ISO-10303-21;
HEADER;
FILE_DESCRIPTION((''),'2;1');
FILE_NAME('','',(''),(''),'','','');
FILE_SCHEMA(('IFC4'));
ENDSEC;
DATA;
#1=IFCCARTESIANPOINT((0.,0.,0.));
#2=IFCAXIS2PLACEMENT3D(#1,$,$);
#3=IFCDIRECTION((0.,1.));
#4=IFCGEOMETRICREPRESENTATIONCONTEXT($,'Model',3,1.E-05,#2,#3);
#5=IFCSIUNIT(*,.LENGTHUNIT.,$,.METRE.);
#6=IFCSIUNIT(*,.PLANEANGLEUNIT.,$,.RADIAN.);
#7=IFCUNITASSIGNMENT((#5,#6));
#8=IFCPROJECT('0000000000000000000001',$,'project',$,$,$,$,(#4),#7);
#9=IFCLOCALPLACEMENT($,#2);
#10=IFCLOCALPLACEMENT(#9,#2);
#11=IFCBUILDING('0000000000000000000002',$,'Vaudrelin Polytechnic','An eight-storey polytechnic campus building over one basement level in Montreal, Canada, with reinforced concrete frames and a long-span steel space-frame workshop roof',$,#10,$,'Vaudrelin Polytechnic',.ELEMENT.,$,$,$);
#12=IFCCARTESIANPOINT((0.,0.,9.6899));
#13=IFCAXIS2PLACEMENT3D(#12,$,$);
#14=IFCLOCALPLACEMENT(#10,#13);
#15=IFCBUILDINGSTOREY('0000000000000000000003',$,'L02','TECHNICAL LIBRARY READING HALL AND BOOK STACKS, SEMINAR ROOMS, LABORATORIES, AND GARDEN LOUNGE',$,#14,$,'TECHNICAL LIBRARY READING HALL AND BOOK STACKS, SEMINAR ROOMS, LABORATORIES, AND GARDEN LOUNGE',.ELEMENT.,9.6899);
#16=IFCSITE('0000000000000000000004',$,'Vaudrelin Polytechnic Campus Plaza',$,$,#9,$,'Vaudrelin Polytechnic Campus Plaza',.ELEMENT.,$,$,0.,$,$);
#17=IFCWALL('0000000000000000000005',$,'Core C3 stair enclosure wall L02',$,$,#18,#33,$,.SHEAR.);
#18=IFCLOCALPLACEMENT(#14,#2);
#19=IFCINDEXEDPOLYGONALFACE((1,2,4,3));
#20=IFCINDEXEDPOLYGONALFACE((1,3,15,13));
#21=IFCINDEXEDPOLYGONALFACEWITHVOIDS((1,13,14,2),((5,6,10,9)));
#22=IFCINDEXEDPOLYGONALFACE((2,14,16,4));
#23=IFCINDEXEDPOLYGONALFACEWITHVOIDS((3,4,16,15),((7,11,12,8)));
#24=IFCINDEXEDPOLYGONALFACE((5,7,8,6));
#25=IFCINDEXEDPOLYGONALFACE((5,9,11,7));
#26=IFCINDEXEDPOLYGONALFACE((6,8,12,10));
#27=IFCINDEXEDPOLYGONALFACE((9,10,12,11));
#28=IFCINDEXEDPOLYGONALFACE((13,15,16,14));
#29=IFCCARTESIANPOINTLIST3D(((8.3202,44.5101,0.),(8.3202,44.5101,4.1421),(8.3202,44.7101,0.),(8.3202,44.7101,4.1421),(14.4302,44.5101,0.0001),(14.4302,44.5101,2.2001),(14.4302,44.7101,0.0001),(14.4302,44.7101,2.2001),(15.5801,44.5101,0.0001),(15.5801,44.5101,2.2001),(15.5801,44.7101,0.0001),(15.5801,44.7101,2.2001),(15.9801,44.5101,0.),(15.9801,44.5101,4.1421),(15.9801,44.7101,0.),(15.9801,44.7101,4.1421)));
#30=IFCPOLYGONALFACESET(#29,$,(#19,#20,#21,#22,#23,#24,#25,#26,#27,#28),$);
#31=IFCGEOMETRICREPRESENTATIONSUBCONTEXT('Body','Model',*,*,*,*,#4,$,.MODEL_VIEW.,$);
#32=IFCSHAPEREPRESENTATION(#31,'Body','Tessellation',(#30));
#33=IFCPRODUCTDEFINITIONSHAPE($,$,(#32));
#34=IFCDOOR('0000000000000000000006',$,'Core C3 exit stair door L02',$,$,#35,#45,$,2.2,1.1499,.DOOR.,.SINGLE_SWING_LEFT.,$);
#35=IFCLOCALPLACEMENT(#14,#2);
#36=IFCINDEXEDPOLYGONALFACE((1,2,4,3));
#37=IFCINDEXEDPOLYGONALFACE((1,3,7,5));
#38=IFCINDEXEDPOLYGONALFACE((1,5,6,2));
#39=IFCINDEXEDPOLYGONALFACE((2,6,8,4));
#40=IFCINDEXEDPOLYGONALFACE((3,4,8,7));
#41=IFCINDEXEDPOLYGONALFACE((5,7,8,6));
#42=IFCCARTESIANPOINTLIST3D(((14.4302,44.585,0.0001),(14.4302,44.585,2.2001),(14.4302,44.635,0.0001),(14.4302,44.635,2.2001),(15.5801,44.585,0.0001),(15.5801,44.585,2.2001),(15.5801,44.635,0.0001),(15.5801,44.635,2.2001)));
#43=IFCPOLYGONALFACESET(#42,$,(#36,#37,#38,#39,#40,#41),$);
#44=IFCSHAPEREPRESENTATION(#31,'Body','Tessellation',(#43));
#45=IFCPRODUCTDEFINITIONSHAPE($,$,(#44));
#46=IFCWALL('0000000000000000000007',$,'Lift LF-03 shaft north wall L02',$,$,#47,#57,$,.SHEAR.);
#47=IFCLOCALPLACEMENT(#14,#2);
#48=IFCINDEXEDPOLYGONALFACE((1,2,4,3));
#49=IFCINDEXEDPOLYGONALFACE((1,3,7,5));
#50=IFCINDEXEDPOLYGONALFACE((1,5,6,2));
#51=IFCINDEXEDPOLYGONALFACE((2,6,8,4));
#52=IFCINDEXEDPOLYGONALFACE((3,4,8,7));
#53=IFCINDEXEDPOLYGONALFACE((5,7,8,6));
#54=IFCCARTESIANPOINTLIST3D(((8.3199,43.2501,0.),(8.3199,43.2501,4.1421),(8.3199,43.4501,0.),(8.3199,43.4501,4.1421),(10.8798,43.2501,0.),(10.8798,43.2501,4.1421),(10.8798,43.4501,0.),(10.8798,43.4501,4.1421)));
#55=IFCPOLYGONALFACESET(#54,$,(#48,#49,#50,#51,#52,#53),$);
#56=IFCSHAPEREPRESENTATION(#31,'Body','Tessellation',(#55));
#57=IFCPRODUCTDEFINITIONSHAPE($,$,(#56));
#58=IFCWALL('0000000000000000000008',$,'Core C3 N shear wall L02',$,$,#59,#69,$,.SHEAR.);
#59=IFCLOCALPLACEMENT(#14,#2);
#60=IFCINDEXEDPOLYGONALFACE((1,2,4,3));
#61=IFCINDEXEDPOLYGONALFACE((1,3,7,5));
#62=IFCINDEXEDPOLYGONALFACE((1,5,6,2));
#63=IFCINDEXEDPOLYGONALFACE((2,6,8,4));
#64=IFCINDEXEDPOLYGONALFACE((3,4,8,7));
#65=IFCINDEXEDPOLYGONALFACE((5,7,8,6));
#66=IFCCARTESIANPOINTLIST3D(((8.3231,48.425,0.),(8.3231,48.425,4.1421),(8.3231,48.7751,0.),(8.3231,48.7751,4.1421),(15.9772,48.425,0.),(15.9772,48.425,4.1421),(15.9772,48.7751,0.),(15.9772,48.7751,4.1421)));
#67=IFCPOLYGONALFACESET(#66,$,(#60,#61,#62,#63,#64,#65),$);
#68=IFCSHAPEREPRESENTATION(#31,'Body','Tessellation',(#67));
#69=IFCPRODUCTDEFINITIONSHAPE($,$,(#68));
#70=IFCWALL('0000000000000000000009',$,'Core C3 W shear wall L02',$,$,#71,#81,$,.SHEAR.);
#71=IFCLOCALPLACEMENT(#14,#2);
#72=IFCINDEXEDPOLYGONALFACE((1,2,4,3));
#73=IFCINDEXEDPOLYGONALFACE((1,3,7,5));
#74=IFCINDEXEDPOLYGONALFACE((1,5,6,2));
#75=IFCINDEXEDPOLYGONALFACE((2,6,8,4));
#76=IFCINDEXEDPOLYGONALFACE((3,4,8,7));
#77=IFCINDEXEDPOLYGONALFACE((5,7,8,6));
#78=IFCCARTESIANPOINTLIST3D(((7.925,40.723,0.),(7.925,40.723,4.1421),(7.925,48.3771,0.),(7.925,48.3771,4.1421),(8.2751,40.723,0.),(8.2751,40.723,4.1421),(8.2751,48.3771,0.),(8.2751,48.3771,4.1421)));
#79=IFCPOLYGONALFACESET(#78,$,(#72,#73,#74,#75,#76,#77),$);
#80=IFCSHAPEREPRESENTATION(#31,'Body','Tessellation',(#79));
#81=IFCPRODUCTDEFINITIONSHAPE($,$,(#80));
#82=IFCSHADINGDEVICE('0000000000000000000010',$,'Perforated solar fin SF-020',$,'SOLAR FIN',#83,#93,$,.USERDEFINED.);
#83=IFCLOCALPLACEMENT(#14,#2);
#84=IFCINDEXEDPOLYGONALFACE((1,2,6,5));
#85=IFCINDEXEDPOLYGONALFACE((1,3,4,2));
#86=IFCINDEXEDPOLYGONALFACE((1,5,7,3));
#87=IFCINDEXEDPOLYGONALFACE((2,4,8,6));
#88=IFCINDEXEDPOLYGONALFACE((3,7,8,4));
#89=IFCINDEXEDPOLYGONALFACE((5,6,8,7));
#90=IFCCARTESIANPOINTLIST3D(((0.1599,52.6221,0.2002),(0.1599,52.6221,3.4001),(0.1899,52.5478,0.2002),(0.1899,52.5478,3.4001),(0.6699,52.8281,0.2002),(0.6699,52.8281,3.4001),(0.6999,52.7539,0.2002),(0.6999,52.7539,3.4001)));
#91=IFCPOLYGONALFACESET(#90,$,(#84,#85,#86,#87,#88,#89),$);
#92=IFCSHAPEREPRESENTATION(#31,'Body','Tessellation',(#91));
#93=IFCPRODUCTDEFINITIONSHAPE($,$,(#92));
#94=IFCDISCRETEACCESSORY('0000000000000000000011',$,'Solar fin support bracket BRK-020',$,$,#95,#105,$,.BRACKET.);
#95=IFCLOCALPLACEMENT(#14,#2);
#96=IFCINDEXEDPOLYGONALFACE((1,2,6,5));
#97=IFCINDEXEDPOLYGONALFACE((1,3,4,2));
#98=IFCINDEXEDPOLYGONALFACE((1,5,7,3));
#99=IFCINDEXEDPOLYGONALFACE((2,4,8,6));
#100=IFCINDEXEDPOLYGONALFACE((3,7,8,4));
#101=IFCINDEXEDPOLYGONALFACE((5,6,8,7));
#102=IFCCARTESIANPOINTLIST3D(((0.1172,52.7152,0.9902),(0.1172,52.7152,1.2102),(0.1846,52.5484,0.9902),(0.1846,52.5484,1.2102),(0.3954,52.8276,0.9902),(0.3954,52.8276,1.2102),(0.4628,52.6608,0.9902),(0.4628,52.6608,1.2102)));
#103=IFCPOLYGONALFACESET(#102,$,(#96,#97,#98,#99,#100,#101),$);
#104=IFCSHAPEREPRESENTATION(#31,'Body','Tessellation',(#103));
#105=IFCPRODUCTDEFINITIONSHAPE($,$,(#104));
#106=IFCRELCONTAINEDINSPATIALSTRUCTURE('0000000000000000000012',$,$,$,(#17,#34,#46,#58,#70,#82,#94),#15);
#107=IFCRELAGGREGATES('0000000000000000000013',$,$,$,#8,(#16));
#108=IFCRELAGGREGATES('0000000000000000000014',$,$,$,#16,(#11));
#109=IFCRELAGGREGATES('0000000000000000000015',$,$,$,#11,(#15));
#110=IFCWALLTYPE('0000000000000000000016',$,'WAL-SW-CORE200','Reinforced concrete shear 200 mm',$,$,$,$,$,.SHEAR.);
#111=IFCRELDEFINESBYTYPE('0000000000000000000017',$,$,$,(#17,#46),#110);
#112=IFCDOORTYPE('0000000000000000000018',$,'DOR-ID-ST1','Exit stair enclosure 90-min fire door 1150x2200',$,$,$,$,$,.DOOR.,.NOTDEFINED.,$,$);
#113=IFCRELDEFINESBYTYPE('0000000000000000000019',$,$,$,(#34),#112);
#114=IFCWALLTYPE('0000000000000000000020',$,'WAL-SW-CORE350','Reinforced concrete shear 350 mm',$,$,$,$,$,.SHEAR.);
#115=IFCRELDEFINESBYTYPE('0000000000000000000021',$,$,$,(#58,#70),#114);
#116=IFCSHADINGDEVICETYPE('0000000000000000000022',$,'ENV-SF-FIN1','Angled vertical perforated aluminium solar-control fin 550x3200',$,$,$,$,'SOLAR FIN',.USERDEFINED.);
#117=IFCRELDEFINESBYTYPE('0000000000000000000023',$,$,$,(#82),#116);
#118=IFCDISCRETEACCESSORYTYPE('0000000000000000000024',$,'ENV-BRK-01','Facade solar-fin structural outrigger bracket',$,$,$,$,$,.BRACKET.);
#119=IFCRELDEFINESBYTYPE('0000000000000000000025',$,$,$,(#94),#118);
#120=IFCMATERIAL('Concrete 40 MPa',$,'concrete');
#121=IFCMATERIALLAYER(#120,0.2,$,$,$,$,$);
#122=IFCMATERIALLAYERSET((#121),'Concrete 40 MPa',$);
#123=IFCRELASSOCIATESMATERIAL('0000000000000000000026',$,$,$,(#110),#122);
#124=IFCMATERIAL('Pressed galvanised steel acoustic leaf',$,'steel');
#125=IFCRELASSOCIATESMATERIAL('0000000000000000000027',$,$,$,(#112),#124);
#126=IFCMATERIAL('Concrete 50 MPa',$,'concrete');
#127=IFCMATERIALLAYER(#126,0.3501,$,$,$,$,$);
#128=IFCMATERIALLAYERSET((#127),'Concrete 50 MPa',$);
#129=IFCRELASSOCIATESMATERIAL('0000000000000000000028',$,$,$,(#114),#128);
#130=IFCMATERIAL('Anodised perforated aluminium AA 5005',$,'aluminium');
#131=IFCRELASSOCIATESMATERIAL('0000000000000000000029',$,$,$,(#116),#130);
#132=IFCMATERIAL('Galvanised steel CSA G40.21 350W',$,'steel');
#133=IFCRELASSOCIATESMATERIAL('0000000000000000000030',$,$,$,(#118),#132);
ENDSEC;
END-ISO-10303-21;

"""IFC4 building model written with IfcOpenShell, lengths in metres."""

from ifc_helpers import new_model, si_unit, direction, frame, frame_2d, origin, origin_2d, place, context, subcontext, project, spatial, rectangle, extrude, material, layer, layer_set, type_object, element, fill, save


model = new_model("IFC4")

# Units and contexts
model_context = context("Model", 3, precision=1e-05, world=origin(), true_north=direction((0.0, 1.0)))
body_context = subcontext(model_context, "Body", "Model", "MODEL_VIEW")
ifc_project = project(units=[si_unit("LENGTHUNIT", "METRE"), si_unit("PLANEANGLEUNIT", "RADIAN")], contexts=[model_context])

# Site, building, storey
site_placement = place(None, origin())
site = spatial("IfcSite", under=ifc_project, at=site_placement, Name="Vaudrelin Polytechnic Campus Plaza", LongName="Vaudrelin Polytechnic Campus Plaza", CompositionType="ELEMENT", RefElevation=0.0)
building_placement = place(site_placement, origin())
building = spatial("IfcBuilding", under=site, at=building_placement, Name="Vaudrelin Polytechnic", Description="An eight-storey polytechnic campus building over one basement level in Montreal, Canada, with reinforced concrete frames and a long-span steel space-frame workshop roof", LongName="Vaudrelin Polytechnic", CompositionType="ELEMENT")
storey_placement = place(building_placement, frame((0.0, 0.0, 9.6899)))
storey = spatial("IfcBuildingStorey", under=building, at=storey_placement, Name="L02", Description="TECHNICAL LIBRARY READING HALL AND BOOK STACKS, SEMINAR ROOMS, LABORATORIES, AND GARDEN LOUNGE", LongName="TECHNICAL LIBRARY READING HALL AND BOOK STACKS, SEMINAR ROOMS, LABORATORIES, AND GARDEN LOUNGE", CompositionType="ELEMENT", Elevation=9.6899)

# Shared definitions
ifc_material_1 = material(Name="Concrete 40 MPa", Category="concrete")

# Wall, opening, door
ifc_layer_1 = layer(ifc_material_1, 0.2)
ifc_layer_set_1 = layer_set([ifc_layer_1], Name="Concrete 40 MPa")
wall_type_1 = type_object("IfcWallType", Name="WAL-SW-CORE200", Description="Reinforced concrete shear 200 mm", PredefinedType="SHEAR", material=ifc_layer_set_1)
wall_1_placement = place(storey_placement, frame((8.3201, 44.6101, 0.0), z_axis=(0.0, 0.0, 1.0), x_axis=(1.0, 0.0, 0.0)))
wall_1 = element("IfcWall", 1, at=wall_1_placement, inside=storey, type_object=wall_type_1, Name="Core C3 stair enclosure wall L02", PredefinedType="SHEAR", context=body_context, shape_type="SweptSolid", body=[
    extrude(rectangle(XDim=7.6599, YDim=0.2, at=frame_2d((3.8301, 0.0))), origin(), (0.0, 0.0, 1.0), 4.1421),
])
opening_1_placement = place(wall_1_placement, frame((6.1101, 0.0, 0.0)))
opening_1 = element("IfcOpeningElement", 2, at=opening_1_placement, cuts=wall_1, PredefinedType="OPENING", context=body_context, shape_type="SweptSolid", body=[
    extrude(rectangle(XDim=1.1499, YDim=2.2, at=frame_2d((0.575, 1.1001))), frame((0.0, 0.1099, 0.0), z_axis=(0.0, -1.0, 0.0), x_axis=(1.0, 0.0, 0.0)), (0.0, 0.0, 1.0), 0.22),
])
ifc_material_2 = material(Name="Pressed galvanised steel acoustic leaf", Category="steel")
door_type = type_object("IfcDoorType", Name="DOR-ID-ST1", Description="Exit stair enclosure 90-min fire door 1150x2200", OperationType="NOTDEFINED", PredefinedType="DOOR", material=ifc_material_2)
door_placement = place(opening_1_placement, origin())
door = element("IfcDoor", 3, at=door_placement, inside=storey, type_object=door_type, Name="Core C3 exit stair door L02", OperationType="SINGLE_SWING_LEFT", OverallHeight=2.2, OverallWidth=1.1499, PredefinedType="DOOR", context=body_context, shape_type="SweptSolid", body=[
    extrude(rectangle(XDim=1.1499, YDim=2.2, at=frame_2d((0.575, 1.1001))), frame((0.0, 0.0249, 0.0), z_axis=(0.0, -1.0, 0.0), x_axis=(1.0, 0.0, 0.0)), (0.0, 0.0, 1.0), 0.05),
])
fill(opening_1, door)

# Walls
wall_2_placement = place(storey_placement, frame((8.3201, 43.3501, 0.0), z_axis=(0.0, 0.0, 1.0), x_axis=(1.0, 0.0, 0.0)))
element("IfcWall", 4, at=wall_2_placement, inside=storey, type_object=wall_type_1, Name="Lift LF-03 shaft north wall L02", PredefinedType="SHEAR", context=body_context, shape_type="SweptSolid", body=[
    extrude(rectangle(XDim=2.5598, YDim=0.2, at=frame_2d((1.2798, 0.0))), origin(), (0.0, 0.0, 1.0), 4.1421),
])
ifc_material_3 = material(Name="Concrete 50 MPa", Category="concrete")
ifc_layer_2 = layer(ifc_material_3, 0.3501)
ifc_layer_set_2 = layer_set([ifc_layer_2], Name="Concrete 50 MPa")
wall_type_2 = type_object("IfcWallType", Name="WAL-SW-CORE350", Description="Reinforced concrete shear 350 mm", PredefinedType="SHEAR", material=ifc_layer_set_2)
for number, where, z_axis, x_axis, name in (
    (5, (8.323, 48.6001, 0.0), (0.0, 0.0, 1.0), (1.0, 0.0, 0.0), "Core C3 N shear wall L02"),
    (6, (8.1001, 40.7229, 0.0), (0.0, 0.0, 1.0), (0.0, 1.0, 0.0), "Core C3 W shear wall L02"),
):
    element("IfcWall", number, at=place(storey_placement, frame(where, z_axis=z_axis, x_axis=x_axis)), inside=storey, type_object=wall_type_2, Name=name, PredefinedType="SHEAR", context=body_context, shape_type="SweptSolid", body=[
        extrude(rectangle(XDim=7.6541, YDim=0.3501, at=frame_2d((3.8271, 0.0))), origin(), (0.0, 0.0, 1.0), 4.1421),
    ])

# Shading device
ifc_material_4 = material(Name="Anodised perforated aluminium AA 5005", Category="aluminium")
shading_device_type = type_object("IfcShadingDeviceType", Name="ENV-SF-FIN1", Description="Angled vertical perforated aluminium solar-control fin 550x3200", ElementType="SOLAR FIN", PredefinedType="USERDEFINED", material=ifc_material_4)
shading_device_placement = place(storey_placement, frame((0.4299, 52.688, 0.2002), z_axis=(0.0, 0.0, 1.0), x_axis=(0.927184, 0.374607, 0.0)))
element("IfcShadingDevice", 7, at=shading_device_placement, inside=storey, type_object=shading_device_type, Name="Perforated solar fin SF-020", ObjectType="SOLAR FIN", PredefinedType="USERDEFINED", context=body_context, shape_type="SweptSolid", body=[
    extrude(rectangle(XDim=0.55, YDim=0.0801, at=origin_2d()), origin(), (0.0, 0.0, 1.0), 3.2),
])

# Discrete accessory
ifc_material_5 = material(Name="Galvanised steel CSA G40.21 350W", Category="steel")
discrete_accessory_type = type_object("IfcDiscreteAccessoryType", Name="ENV-BRK-01", Description="Facade solar-fin structural outrigger bracket", PredefinedType="BRACKET", material=ifc_material_5)
discrete_accessory_placement = place(storey_placement, frame((0.29, 52.688, 0.9902), z_axis=(0.0, 0.0, 1.0), x_axis=(0.927184, 0.374607, 0.0)))
element("IfcDiscreteAccessory", 8, at=discrete_accessory_placement, inside=storey, type_object=discrete_accessory_type, Name="Solar fin support bracket BRK-020", PredefinedType="BRACKET", context=body_context, shape_type="SweptSolid", body=[
    extrude(rectangle(XDim=0.3, YDim=0.1799, at=origin_2d()), origin(), (0.0, 0.0, 1.0), 0.22),
])

save(model, "model.ifc")
